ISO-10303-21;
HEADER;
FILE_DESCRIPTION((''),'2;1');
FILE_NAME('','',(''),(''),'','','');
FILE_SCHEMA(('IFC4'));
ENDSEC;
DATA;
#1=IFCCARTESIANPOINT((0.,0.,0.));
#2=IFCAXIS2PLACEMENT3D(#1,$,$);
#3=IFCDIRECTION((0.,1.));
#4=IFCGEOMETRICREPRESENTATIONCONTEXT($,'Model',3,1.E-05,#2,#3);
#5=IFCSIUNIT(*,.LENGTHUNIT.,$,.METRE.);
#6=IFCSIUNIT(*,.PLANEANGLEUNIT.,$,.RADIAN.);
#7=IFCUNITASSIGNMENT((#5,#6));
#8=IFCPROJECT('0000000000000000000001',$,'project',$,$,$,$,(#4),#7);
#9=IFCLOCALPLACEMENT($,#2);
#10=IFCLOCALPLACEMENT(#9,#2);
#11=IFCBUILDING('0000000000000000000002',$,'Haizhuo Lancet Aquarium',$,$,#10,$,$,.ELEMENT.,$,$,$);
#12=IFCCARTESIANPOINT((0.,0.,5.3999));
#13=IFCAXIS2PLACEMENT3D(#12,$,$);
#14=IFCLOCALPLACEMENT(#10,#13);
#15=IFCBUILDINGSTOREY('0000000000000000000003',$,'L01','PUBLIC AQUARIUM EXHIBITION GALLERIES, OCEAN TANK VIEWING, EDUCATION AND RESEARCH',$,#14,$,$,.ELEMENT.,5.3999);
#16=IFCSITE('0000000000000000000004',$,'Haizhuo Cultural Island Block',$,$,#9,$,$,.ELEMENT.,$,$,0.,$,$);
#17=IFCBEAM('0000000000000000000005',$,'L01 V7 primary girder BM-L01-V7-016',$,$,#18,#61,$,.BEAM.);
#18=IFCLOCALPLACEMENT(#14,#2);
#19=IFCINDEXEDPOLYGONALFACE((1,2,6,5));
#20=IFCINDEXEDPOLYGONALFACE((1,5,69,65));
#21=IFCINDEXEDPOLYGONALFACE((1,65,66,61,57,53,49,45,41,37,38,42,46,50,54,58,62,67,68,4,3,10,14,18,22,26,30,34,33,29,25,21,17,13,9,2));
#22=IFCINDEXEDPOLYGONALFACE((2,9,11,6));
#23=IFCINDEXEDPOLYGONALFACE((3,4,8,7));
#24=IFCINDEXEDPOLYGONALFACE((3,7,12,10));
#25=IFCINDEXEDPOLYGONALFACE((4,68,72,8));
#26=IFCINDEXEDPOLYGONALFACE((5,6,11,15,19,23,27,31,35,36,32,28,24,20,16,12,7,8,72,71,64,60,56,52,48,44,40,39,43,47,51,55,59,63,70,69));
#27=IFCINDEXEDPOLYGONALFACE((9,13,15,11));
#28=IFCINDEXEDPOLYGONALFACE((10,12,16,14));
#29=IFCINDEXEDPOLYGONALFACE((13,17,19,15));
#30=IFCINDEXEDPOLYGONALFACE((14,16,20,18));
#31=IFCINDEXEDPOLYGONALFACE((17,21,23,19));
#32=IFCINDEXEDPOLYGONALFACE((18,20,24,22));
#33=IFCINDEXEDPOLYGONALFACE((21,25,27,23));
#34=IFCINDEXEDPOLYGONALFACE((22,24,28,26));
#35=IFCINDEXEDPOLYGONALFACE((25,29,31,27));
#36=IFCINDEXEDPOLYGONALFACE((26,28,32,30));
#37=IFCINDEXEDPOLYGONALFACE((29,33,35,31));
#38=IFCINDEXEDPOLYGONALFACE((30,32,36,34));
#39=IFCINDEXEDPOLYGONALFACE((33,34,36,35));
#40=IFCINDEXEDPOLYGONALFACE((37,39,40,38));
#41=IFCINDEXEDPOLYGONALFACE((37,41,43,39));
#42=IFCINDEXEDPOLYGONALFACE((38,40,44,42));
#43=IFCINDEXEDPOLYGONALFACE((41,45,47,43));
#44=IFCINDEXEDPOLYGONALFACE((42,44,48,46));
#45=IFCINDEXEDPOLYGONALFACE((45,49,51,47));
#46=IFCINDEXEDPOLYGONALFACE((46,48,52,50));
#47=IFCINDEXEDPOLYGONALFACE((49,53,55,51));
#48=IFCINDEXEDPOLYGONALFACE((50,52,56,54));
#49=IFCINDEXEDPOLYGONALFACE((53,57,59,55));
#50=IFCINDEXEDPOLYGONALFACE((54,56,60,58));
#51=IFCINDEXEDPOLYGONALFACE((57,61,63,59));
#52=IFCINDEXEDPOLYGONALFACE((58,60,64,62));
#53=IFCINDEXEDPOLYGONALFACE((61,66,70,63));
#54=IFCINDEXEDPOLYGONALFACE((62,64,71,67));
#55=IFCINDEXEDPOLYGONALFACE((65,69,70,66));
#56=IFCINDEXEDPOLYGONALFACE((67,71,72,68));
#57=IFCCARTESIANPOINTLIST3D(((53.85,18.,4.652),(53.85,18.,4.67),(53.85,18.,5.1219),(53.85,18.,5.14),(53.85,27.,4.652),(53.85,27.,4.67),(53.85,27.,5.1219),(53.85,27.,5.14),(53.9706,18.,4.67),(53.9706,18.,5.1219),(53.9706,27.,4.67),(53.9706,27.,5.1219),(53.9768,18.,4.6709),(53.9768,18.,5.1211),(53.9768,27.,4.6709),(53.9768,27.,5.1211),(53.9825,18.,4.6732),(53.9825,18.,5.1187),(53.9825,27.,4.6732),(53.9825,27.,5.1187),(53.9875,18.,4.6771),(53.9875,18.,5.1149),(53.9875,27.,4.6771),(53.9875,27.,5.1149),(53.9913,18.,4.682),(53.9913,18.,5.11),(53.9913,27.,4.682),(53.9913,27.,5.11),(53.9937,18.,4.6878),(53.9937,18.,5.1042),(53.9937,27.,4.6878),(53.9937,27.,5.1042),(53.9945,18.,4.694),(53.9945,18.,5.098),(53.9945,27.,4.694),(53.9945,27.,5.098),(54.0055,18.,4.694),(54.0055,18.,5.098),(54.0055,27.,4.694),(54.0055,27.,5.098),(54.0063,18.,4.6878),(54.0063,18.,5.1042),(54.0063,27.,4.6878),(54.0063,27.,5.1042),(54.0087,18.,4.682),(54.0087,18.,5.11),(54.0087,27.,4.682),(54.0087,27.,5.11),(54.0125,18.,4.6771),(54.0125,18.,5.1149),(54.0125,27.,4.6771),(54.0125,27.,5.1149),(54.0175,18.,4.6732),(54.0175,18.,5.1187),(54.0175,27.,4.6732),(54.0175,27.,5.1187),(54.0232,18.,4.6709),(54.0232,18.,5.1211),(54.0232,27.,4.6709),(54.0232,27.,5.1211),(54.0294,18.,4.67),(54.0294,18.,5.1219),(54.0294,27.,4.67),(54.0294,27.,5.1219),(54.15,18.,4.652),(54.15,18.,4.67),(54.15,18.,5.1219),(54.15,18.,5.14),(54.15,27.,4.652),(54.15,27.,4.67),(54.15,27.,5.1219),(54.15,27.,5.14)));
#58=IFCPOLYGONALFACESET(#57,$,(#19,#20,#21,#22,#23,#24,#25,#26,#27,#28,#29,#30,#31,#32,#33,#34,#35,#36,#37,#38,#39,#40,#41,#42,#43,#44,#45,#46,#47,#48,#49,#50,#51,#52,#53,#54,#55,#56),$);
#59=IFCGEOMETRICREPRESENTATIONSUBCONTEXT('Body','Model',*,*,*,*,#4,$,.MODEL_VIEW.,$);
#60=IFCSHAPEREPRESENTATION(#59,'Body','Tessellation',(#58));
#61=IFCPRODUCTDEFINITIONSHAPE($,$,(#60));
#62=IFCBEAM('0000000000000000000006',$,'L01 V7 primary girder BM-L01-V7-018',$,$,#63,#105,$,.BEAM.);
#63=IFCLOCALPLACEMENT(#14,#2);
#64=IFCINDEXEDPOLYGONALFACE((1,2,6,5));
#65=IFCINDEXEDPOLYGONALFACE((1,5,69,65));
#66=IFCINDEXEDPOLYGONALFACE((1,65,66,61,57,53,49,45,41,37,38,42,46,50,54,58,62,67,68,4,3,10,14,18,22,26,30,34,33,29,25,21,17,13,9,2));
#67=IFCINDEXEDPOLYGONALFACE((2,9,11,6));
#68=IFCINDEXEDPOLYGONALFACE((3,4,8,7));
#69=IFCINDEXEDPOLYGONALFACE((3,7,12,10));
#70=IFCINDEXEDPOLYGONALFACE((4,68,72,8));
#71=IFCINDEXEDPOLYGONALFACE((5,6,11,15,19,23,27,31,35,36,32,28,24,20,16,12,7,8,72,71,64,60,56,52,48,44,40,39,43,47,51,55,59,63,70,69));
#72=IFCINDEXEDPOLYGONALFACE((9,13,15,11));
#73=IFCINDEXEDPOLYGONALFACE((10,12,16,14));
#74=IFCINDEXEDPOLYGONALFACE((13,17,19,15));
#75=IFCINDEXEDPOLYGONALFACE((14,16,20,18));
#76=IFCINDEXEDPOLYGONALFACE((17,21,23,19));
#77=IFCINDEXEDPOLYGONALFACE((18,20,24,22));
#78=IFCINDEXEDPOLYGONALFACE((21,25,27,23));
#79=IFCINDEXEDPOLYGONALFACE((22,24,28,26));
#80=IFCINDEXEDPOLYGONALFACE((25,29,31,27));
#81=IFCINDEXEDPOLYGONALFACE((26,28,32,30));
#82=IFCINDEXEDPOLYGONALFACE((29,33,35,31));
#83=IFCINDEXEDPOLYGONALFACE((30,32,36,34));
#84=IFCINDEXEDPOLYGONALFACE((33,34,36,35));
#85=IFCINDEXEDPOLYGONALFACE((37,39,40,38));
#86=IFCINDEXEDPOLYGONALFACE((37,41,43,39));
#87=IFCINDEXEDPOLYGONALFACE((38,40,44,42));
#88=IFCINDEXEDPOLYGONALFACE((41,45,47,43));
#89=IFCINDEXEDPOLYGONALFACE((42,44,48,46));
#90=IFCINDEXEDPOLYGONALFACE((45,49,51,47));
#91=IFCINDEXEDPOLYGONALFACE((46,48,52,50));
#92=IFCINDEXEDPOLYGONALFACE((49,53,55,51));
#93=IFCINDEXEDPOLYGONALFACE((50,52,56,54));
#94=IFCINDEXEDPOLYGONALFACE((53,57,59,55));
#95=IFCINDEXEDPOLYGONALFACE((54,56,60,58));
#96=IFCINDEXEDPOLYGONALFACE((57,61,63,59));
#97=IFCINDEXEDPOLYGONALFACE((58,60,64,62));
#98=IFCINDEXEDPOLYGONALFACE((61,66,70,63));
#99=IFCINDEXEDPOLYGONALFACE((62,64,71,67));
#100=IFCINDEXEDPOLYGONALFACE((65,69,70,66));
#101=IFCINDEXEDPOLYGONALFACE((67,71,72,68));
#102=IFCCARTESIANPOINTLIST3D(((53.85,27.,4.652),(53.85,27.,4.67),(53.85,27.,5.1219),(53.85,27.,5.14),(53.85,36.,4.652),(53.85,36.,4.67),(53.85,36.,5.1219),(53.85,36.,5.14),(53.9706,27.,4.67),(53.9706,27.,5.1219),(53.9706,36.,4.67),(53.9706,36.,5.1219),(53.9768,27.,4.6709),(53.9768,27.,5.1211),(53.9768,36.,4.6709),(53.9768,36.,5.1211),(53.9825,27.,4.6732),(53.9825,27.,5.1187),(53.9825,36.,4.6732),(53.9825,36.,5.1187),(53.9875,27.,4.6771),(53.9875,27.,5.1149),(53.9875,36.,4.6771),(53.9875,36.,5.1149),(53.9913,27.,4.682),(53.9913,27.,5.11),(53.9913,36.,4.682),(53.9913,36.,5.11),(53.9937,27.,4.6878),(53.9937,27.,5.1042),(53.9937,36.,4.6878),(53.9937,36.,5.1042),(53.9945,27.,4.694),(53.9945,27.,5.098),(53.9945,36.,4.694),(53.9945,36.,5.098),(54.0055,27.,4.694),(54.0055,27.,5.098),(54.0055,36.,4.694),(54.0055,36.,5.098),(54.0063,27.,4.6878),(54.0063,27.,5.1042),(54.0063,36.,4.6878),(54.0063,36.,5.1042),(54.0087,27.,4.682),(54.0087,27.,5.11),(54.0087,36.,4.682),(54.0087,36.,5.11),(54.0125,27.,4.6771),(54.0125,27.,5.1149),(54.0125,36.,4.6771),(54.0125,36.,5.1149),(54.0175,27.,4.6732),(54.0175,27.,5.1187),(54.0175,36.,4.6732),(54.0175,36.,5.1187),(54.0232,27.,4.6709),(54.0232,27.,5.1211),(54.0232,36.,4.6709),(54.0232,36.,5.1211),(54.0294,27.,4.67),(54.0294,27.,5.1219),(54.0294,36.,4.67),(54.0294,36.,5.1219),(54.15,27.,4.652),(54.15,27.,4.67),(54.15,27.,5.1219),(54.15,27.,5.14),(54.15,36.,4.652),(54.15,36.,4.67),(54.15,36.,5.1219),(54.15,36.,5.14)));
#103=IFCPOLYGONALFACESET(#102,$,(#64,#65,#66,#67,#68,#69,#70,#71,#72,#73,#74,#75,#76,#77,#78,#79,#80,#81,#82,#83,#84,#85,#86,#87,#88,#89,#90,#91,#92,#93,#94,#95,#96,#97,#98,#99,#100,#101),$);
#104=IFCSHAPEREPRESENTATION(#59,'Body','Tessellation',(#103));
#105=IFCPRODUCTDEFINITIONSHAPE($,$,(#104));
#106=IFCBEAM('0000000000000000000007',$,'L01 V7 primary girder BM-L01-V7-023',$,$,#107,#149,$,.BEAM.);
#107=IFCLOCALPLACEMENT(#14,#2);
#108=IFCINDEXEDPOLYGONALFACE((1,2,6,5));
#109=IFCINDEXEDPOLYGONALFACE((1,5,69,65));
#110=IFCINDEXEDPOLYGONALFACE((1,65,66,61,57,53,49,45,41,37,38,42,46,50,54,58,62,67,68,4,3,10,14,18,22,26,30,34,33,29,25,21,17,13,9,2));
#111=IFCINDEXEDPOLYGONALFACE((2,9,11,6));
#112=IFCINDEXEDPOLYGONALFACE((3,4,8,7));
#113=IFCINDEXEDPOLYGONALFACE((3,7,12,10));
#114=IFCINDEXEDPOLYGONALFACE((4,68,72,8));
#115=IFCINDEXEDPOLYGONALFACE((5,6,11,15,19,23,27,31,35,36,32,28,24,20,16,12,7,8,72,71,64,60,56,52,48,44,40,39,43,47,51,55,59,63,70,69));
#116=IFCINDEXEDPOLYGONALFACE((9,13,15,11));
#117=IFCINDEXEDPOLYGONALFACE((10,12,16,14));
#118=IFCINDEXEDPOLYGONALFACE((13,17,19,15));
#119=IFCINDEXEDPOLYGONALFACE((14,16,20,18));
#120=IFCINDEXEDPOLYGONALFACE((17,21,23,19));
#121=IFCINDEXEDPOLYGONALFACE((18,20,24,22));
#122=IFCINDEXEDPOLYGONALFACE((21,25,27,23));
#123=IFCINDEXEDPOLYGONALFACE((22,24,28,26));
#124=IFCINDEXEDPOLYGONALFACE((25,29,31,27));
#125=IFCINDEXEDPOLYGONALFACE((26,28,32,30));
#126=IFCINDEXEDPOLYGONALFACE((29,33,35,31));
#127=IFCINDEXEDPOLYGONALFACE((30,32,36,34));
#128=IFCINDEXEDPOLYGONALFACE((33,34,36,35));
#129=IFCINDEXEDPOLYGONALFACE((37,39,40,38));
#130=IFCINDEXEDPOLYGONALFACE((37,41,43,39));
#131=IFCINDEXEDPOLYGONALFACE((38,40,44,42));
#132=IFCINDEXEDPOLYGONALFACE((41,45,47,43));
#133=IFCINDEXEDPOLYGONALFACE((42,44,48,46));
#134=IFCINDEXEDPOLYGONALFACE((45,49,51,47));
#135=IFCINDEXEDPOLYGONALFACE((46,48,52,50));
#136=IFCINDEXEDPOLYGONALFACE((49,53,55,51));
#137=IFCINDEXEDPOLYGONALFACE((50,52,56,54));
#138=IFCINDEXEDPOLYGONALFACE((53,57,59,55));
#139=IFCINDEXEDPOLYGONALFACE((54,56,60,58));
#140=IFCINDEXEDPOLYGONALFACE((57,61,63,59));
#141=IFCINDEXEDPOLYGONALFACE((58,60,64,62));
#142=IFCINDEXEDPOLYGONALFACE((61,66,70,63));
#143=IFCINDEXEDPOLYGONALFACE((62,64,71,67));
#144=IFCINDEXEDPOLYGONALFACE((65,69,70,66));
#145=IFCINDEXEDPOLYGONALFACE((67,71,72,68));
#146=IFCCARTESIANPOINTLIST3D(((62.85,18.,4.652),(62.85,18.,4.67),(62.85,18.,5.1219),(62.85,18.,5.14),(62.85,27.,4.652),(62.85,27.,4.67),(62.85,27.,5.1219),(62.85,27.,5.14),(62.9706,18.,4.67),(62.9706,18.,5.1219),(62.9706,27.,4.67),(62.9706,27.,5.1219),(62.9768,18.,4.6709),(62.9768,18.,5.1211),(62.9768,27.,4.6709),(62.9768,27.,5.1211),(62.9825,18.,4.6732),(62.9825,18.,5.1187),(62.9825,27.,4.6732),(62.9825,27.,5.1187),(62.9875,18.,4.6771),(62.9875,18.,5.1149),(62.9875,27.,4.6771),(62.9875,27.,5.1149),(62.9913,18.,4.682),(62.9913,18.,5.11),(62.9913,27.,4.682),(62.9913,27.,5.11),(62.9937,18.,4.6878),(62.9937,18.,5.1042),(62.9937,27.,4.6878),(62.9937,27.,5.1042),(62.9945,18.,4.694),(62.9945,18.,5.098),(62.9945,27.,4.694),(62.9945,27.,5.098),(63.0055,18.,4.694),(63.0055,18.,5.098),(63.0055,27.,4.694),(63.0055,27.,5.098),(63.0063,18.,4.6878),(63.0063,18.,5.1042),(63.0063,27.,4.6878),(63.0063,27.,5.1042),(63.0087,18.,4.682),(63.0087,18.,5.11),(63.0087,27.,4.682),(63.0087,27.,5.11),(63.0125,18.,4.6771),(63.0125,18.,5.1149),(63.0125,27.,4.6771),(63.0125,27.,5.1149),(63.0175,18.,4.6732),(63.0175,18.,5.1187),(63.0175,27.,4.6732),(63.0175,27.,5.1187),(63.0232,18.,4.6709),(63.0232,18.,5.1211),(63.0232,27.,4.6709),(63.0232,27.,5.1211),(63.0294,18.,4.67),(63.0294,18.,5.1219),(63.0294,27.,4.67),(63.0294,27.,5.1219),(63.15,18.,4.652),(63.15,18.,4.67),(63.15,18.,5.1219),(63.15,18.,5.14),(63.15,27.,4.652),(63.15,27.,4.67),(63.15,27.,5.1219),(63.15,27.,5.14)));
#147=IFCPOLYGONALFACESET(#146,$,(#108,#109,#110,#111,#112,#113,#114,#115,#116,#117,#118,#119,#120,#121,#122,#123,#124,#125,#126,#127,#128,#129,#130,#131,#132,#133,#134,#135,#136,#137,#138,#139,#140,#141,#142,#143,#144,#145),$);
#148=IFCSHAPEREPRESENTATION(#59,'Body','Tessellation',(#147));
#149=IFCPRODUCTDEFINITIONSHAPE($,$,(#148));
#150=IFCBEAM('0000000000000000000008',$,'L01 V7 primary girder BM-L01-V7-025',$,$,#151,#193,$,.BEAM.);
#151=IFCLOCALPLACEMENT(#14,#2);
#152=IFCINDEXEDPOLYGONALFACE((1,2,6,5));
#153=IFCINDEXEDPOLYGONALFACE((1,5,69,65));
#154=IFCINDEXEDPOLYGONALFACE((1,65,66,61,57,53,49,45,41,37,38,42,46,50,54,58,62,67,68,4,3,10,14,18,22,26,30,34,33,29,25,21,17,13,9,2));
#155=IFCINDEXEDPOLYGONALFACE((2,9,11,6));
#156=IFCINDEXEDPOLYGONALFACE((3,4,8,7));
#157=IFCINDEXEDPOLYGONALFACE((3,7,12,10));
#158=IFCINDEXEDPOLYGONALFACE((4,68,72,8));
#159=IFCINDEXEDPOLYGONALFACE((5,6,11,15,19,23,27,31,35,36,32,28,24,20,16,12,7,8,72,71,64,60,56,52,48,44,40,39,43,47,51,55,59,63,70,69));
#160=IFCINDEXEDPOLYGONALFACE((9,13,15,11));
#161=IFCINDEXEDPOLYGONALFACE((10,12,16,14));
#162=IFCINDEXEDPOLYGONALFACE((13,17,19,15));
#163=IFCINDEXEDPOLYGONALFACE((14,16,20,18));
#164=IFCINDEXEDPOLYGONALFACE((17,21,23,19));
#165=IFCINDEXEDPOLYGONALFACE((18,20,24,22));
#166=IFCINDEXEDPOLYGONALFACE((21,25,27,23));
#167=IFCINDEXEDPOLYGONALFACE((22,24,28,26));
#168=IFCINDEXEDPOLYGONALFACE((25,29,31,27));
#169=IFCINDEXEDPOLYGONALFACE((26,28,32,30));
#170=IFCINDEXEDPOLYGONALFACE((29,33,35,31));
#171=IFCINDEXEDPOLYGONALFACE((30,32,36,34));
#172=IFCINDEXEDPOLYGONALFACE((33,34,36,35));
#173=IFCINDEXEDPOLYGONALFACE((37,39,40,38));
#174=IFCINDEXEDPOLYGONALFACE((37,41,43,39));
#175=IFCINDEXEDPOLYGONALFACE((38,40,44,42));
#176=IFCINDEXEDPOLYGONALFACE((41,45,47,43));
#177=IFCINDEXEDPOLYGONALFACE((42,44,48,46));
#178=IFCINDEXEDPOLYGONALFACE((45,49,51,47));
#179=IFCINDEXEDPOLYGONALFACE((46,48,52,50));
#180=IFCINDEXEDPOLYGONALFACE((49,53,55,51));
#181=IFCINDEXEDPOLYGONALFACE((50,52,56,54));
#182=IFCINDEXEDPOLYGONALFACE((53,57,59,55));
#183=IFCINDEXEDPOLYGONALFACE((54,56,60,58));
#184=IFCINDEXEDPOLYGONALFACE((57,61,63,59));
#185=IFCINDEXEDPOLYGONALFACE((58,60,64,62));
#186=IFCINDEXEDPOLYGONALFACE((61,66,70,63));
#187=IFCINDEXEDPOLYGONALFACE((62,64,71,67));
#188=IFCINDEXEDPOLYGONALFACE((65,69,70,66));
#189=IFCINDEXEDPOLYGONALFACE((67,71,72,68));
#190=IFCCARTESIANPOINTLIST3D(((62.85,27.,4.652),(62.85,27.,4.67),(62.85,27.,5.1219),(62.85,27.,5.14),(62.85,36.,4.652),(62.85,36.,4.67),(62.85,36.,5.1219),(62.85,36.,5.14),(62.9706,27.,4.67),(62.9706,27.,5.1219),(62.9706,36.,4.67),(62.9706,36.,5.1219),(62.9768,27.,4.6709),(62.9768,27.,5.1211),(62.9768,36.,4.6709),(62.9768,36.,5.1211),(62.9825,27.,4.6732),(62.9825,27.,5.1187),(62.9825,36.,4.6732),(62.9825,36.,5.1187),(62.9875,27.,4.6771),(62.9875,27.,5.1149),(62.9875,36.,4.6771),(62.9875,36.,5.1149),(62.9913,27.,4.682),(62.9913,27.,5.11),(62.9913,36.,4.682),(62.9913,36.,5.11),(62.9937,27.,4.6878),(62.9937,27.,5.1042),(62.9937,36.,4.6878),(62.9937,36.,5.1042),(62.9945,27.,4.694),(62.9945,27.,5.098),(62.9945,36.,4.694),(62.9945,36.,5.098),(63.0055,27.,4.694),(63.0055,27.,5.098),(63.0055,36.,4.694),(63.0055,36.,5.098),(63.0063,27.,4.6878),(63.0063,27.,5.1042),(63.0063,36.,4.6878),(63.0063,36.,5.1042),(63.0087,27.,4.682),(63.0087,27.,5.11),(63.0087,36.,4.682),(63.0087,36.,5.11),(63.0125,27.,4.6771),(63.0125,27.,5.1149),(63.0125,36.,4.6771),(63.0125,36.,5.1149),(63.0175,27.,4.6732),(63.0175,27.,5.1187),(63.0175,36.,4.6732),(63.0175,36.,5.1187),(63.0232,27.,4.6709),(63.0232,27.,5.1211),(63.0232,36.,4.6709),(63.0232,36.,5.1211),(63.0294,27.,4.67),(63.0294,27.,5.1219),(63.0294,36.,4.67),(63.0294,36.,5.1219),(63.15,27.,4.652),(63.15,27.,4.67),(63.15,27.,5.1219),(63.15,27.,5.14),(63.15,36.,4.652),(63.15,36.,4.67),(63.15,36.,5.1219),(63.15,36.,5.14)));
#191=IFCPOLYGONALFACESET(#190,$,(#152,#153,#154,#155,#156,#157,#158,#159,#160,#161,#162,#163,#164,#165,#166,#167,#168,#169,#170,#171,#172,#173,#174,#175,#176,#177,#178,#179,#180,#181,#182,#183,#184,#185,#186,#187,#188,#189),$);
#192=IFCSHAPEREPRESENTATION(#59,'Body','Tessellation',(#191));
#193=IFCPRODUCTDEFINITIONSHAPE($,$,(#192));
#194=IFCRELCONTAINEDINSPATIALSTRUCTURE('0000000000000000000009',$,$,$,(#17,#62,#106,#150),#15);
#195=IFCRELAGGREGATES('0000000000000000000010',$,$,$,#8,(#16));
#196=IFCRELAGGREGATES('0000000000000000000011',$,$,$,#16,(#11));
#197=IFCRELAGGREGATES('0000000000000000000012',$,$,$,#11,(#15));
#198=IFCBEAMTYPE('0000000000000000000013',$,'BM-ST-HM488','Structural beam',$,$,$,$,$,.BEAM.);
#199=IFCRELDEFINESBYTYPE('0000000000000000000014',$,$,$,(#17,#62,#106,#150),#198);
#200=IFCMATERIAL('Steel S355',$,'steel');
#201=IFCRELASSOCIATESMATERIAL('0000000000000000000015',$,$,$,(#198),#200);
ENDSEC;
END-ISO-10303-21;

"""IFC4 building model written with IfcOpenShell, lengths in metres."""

from ifc_helpers import new_model, si_unit, direction, frame, origin, origin_2d, place, context, subcontext, project, spatial, i_section, extrude, material, material_profile, profile_set, type_object, element, save


model = new_model("IFC4")

# Units and contexts
model_context = context("Model", 3, precision=1e-05, world=origin(), true_north=direction((0.0, 1.0)))
body_context = subcontext(model_context, "Body", "Model", "MODEL_VIEW")
ifc_project = project(units=[si_unit("LENGTHUNIT", "METRE"), si_unit("PLANEANGLEUNIT", "RADIAN")], contexts=[model_context])

# Site, building, storey
site_placement = place(None, origin())
site = spatial("IfcSite", under=ifc_project, at=site_placement, Name="Haizhuo Cultural Island Block", CompositionType="ELEMENT", RefElevation=0.0)
building_placement = place(site_placement, origin())
building = spatial("IfcBuilding", under=site, at=building_placement, Name="Haizhuo Lancet Aquarium", CompositionType="ELEMENT")
storey_placement = place(building_placement, frame((0.0, 0.0, 5.3999)))
storey = spatial("IfcBuildingStorey", under=building, at=storey_placement, Name="L01", Description="PUBLIC AQUARIUM EXHIBITION GALLERIES, OCEAN TANK VIEWING, EDUCATION AND RESEARCH", CompositionType="ELEMENT", Elevation=5.3999)

# Shared definitions
ifc_material_1 = material(Name="Steel S355", Category="steel")

# Beams
ifc_material_profile_1 = material_profile(ifc_material_1, i_section(OverallWidth=0.3, OverallDepth=0.488, WebThickness=0.011, FlangeThickness=0.0181, FilletRadius=0.0239, at=origin_2d()), Name="HM 488x300x11x18")
ifc_profile_set_1 = profile_set([ifc_material_profile_1], Name="Steel S355")
beam_type_1 = type_object("IfcBeamType", Name="BM-ST-HM488", Description="Structural beam", PredefinedType="BEAM", material=ifc_profile_set_1)
for number, where, z_axis, x_axis, name in (
    (1, (54.0, 18.0, 4.896), (0.0, 1.0, 0.0), (-1.0, 0.0, 0.0), "L01 V7 primary girder BM-L01-V7-016"),
    (2, (54.0, 27.0, 4.896), (0.0, 1.0, 0.0), (-1.0, 0.0, 0.0), "L01 V7 primary girder BM-L01-V7-018"),
    (3, (63.0, 18.0, 4.896), (0.0, 1.0, 0.0), (-1.0, 0.0, 0.0), "L01 V7 primary girder BM-L01-V7-023"),
    (4, (63.0, 27.0, 4.896), (0.0, 1.0, 0.0), (-1.0, 0.0, 0.0), "L01 V7 primary girder BM-L01-V7-025"),
):
    element("IfcBeam", number, at=place(storey_placement, frame(where, z_axis=z_axis, x_axis=x_axis)), inside=storey, type_object=beam_type_1, Name=name, PredefinedType="BEAM", context=body_context, shape_type="SweptSolid", body=[
        extrude(i_section(OverallWidth=0.3, OverallDepth=0.488, WebThickness=0.011, FlangeThickness=0.0181, FilletRadius=0.0239, at=origin_2d()), origin(), (0.0, 0.0, 1.0), 9.0),
    ])

save(model, "model.ifc")
